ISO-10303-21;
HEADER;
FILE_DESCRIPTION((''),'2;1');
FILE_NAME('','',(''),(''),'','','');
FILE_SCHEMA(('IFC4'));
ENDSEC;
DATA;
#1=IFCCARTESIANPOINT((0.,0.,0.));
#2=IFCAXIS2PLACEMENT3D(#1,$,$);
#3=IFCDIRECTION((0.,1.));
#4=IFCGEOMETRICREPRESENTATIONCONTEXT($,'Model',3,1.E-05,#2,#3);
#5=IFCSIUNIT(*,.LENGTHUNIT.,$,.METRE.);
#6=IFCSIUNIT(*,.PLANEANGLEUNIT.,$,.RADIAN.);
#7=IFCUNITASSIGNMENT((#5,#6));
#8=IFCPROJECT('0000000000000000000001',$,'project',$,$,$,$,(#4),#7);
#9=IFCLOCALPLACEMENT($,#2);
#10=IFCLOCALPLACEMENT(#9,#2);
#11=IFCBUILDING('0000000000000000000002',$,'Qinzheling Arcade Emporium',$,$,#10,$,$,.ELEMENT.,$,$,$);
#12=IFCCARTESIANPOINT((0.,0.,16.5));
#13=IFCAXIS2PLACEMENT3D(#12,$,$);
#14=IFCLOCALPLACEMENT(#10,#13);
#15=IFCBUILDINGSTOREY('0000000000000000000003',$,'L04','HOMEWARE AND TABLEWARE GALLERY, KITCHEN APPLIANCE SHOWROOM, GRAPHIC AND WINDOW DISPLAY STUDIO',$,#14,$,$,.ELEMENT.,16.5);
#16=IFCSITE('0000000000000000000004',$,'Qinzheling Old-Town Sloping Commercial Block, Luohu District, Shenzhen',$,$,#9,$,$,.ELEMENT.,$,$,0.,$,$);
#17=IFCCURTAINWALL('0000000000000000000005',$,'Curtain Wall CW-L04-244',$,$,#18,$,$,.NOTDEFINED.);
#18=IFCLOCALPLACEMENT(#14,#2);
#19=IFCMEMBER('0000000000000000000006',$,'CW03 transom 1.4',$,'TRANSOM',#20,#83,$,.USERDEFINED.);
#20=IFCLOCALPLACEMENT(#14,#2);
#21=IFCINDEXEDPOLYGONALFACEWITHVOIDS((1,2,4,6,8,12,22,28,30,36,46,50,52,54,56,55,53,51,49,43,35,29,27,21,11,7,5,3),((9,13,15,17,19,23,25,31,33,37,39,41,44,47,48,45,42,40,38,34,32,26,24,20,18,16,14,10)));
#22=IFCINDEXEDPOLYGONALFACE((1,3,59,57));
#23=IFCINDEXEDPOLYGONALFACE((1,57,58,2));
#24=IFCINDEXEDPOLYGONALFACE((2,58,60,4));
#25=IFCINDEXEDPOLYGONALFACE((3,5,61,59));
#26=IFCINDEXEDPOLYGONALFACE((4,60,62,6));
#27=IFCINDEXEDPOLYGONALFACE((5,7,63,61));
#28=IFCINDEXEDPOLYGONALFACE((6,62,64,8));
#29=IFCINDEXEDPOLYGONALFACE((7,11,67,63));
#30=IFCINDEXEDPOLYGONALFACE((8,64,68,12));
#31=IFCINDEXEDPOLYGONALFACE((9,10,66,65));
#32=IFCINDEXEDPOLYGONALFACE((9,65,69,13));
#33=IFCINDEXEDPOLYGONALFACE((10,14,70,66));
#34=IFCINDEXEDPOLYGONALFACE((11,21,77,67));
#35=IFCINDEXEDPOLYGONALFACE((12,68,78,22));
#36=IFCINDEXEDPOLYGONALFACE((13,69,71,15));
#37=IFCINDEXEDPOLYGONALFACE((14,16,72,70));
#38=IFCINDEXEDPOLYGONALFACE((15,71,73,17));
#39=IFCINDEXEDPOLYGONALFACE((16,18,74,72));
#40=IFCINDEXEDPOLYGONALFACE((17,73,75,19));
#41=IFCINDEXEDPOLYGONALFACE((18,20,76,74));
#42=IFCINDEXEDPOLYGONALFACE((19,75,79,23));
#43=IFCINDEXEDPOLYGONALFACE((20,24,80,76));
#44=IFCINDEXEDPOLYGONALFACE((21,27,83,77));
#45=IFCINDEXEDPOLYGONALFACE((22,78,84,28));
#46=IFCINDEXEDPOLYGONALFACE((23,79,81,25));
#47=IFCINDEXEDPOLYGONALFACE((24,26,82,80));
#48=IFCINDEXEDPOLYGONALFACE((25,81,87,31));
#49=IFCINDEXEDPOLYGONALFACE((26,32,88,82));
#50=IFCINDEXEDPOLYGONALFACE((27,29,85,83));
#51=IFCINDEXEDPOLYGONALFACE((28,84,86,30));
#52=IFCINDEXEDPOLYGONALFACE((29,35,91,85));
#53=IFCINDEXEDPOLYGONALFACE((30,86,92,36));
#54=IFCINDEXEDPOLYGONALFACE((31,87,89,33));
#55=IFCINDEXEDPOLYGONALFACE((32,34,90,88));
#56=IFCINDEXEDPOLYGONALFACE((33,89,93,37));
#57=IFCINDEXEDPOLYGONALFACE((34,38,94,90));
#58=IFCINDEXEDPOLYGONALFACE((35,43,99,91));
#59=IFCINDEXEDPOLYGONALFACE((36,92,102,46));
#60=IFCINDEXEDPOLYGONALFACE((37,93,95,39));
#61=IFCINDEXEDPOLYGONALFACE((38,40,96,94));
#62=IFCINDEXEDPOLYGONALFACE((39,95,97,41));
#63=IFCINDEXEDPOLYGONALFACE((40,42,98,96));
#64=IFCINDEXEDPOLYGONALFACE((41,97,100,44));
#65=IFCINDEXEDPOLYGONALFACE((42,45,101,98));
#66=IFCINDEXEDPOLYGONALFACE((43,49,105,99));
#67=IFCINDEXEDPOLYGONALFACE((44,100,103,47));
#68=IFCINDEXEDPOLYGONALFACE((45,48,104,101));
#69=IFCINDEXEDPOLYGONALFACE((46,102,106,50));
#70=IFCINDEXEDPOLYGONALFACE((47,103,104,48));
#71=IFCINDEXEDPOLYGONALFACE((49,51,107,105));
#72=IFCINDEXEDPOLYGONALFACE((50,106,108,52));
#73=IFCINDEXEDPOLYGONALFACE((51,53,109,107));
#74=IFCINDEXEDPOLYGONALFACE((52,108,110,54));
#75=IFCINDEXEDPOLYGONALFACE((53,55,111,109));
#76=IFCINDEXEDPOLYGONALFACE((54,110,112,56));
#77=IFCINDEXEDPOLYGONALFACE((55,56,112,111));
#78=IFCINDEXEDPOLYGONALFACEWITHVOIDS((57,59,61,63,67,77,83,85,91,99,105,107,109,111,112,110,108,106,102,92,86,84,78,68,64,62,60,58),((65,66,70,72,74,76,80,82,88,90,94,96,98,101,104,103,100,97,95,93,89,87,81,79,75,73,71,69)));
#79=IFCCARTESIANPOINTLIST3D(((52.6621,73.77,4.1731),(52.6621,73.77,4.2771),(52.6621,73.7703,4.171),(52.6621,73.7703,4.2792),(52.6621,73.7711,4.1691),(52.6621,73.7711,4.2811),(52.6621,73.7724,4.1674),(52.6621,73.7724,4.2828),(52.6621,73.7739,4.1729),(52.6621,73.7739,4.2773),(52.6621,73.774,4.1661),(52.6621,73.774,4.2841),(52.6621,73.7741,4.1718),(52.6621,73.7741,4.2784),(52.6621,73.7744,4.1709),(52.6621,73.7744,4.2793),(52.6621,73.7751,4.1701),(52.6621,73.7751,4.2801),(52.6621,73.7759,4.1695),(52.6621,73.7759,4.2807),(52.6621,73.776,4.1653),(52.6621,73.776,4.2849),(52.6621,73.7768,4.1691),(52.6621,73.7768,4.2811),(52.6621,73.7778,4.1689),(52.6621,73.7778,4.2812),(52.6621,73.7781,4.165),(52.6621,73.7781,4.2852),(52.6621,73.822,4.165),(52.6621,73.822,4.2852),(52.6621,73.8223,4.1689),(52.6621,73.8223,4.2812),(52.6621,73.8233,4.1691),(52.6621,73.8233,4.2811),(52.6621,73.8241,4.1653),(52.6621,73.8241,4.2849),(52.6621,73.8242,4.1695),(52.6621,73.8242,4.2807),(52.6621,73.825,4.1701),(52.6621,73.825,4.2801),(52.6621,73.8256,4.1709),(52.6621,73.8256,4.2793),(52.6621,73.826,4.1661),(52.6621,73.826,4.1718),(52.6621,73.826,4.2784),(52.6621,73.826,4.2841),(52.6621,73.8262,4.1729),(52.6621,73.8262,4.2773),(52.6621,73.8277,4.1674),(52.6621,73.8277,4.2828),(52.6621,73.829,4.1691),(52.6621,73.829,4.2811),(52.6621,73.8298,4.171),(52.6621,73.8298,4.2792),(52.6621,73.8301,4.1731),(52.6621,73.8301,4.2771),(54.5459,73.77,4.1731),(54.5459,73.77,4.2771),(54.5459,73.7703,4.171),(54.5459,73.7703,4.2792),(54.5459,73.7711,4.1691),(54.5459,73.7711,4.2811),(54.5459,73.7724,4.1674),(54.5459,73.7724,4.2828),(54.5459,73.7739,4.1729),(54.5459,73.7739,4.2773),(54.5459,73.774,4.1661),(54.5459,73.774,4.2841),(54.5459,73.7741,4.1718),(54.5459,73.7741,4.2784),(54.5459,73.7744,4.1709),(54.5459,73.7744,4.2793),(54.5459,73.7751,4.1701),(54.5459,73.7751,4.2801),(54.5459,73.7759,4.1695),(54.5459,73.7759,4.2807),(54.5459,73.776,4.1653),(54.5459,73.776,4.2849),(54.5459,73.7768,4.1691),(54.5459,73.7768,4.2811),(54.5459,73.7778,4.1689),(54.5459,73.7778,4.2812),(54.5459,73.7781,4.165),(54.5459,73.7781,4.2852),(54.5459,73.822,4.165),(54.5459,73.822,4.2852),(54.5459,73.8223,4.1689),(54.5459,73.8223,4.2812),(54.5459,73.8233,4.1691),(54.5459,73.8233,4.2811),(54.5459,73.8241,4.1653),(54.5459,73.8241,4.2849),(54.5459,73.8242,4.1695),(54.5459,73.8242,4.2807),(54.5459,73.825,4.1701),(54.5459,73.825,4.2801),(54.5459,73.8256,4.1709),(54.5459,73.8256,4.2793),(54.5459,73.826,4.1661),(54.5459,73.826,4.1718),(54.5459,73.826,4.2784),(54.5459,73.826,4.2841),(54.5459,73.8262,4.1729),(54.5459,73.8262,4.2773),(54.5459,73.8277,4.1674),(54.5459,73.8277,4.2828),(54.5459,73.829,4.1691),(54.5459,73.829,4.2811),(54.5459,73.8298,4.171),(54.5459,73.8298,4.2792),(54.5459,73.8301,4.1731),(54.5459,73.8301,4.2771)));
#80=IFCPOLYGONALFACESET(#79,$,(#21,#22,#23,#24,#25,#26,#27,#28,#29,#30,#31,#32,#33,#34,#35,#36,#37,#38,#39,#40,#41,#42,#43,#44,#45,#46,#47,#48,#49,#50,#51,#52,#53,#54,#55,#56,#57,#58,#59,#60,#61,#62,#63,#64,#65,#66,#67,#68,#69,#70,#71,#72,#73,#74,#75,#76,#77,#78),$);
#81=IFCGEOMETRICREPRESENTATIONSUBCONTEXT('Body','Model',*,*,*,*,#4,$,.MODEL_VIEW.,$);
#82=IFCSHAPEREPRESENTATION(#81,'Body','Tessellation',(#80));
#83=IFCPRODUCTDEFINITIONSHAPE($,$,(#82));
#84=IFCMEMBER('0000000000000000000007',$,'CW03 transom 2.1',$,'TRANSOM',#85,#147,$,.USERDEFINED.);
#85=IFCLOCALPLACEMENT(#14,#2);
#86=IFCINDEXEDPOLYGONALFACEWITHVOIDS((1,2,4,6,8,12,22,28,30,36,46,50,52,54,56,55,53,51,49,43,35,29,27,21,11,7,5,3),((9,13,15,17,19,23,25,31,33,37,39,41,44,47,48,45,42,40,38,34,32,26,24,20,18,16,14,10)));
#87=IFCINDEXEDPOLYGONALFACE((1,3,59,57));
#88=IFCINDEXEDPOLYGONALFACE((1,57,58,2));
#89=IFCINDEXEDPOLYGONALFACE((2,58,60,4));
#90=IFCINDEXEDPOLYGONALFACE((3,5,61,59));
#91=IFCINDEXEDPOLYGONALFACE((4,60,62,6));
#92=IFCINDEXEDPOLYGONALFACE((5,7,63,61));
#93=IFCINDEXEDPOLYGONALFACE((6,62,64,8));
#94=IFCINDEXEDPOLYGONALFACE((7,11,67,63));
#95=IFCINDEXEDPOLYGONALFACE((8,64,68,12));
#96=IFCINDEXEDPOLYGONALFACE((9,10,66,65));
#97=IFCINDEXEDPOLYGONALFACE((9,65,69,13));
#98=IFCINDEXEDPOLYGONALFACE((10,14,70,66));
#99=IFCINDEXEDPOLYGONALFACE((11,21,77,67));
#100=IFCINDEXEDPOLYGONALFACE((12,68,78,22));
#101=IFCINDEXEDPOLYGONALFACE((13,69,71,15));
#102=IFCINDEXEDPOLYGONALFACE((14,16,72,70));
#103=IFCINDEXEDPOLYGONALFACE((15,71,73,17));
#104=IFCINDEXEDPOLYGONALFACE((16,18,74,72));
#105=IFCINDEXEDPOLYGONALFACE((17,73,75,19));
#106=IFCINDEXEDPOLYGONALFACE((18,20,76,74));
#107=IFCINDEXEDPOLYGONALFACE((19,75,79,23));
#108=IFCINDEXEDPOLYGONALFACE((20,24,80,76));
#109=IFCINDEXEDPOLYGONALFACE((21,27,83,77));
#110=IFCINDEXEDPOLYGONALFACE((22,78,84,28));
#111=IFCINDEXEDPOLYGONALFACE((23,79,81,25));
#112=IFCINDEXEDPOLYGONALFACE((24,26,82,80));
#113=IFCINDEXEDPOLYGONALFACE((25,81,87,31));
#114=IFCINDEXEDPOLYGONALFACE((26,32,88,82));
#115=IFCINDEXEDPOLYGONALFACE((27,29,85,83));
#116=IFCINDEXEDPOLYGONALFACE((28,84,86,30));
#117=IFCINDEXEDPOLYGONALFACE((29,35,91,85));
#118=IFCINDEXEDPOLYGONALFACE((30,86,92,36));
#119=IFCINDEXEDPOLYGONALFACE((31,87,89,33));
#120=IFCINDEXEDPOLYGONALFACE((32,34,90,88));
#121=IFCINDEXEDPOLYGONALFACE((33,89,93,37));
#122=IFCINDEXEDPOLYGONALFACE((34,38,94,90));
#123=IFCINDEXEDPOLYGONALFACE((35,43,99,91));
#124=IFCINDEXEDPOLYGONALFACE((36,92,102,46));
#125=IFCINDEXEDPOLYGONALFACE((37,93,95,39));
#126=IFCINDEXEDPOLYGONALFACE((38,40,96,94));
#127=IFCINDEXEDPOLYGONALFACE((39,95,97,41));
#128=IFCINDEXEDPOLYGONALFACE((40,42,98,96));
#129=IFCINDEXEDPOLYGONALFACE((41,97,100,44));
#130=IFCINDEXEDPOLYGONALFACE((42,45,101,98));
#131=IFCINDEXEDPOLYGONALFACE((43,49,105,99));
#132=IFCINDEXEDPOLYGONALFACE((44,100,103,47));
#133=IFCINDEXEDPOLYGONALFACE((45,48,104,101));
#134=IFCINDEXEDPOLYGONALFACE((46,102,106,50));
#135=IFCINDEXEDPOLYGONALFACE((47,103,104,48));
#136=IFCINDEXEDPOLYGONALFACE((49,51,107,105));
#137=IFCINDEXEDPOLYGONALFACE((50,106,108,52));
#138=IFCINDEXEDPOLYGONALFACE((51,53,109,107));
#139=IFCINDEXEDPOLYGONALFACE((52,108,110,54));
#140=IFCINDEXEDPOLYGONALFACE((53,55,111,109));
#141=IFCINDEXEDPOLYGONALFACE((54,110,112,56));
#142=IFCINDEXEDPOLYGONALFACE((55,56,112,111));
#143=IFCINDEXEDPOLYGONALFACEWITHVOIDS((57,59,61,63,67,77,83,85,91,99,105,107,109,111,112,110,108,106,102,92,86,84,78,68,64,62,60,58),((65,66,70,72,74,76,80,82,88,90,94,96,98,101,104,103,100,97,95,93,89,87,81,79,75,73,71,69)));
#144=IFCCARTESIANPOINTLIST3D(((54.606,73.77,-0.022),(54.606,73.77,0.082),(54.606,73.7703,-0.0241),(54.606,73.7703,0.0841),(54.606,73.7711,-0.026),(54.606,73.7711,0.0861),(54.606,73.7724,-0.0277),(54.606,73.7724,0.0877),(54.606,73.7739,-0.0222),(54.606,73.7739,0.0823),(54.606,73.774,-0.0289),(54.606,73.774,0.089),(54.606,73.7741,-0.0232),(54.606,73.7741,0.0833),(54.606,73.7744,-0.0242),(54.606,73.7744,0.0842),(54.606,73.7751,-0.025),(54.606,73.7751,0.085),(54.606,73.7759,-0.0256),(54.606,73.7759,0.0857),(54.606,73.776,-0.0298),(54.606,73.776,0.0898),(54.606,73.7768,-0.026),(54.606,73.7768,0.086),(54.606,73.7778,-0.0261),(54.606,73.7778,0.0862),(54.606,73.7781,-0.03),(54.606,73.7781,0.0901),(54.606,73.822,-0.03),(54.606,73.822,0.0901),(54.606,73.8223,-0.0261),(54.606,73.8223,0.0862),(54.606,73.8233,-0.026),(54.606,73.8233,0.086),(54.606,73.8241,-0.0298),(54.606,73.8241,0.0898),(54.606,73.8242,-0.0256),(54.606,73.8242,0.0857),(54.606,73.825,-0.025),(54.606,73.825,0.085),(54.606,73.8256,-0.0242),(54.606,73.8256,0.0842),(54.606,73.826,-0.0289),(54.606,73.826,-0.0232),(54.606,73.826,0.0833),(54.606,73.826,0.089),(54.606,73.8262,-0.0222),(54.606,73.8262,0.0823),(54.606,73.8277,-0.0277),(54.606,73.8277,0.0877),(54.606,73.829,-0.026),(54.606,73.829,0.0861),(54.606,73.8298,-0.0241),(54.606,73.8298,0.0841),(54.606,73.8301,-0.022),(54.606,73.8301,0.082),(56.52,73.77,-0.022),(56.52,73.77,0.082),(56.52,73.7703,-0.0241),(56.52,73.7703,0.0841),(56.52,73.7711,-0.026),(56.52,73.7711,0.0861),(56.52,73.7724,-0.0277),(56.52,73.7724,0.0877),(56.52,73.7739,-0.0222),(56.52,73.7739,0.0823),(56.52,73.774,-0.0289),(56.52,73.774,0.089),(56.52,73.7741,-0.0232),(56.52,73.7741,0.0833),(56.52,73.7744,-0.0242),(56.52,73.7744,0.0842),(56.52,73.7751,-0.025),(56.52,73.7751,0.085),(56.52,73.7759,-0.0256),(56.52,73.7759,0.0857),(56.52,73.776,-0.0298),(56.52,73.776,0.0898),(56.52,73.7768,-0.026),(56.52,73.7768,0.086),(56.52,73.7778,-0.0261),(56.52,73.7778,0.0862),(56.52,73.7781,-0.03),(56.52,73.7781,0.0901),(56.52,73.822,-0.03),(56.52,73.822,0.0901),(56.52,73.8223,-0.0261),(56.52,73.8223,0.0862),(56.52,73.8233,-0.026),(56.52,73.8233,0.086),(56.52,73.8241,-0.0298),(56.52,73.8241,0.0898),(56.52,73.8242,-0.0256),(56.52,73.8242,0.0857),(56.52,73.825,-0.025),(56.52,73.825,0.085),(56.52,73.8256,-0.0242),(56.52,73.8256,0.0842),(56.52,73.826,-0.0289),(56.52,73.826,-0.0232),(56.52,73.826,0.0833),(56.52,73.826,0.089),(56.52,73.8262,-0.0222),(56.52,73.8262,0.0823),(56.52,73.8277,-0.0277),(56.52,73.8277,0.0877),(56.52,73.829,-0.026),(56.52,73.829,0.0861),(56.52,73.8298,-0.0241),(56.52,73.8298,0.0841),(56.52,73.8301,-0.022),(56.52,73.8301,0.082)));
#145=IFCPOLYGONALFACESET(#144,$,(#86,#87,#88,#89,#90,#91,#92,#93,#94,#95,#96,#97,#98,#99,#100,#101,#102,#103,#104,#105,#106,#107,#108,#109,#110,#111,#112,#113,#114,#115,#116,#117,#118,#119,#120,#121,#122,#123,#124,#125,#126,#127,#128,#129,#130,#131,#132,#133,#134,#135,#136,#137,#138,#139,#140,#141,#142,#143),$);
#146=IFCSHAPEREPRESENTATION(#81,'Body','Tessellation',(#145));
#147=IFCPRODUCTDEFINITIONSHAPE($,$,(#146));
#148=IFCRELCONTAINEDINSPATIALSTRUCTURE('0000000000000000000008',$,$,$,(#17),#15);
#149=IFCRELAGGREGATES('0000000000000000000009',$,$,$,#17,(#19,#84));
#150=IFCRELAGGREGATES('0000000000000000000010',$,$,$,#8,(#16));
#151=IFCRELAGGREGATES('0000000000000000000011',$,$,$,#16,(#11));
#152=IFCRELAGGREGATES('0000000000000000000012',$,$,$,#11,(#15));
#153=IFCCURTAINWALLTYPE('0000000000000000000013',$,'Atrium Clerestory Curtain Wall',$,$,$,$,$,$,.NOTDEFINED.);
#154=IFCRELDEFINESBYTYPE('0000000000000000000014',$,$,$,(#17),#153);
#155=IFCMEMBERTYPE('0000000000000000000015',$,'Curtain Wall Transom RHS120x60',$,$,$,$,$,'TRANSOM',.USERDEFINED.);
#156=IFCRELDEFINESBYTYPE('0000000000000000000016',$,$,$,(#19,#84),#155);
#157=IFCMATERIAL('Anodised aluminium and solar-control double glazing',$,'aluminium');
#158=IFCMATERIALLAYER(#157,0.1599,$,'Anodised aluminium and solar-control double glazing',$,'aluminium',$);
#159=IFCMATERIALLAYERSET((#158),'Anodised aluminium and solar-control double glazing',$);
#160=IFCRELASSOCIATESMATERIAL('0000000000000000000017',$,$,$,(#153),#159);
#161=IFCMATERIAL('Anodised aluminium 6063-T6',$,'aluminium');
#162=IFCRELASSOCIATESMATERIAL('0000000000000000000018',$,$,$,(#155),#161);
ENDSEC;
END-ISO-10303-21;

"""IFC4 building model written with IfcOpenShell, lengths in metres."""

from ifc_helpers import new_model, si_unit, direction, frame, origin, origin_2d, place, context, subcontext, project, spatial, hollow_rectangle, extrude, material, layer, layer_set, material_profile, profile_set, type_object, element, aggregate, save


model = new_model("IFC4")

# Units and contexts
model_context = context("Model", 3, precision=1e-05, world=origin(), true_north=direction((0.0, 1.0)))
body_context = subcontext(model_context, "Body", "Model", "MODEL_VIEW")
ifc_project = project(units=[si_unit("LENGTHUNIT", "METRE"), si_unit("PLANEANGLEUNIT", "RADIAN")], contexts=[model_context])

# Site, building, storey
site_placement = place(None, origin())
site = spatial("IfcSite", under=ifc_project, at=site_placement, Name="Qinzheling Old-Town Sloping Commercial Block, Luohu District, Shenzhen", CompositionType="ELEMENT", RefElevation=0.0)
building_placement = place(site_placement, origin())
building = spatial("IfcBuilding", under=site, at=building_placement, Name="Qinzheling Arcade Emporium", CompositionType="ELEMENT")
storey_placement = place(building_placement, frame((0.0, 0.0, 16.5)))
storey = spatial("IfcBuildingStorey", under=building, at=storey_placement, Name="L04", Description="HOMEWARE AND TABLEWARE GALLERY, KITCHEN APPLIANCE SHOWROOM, GRAPHIC AND WINDOW DISPLAY STUDIO", CompositionType="ELEMENT", Elevation=16.5)

# Shared definitions
ifc_material_1 = material(Name="Anodised aluminium and solar-control double glazing", Category="aluminium")
ifc_layer_1 = layer(ifc_material_1, 0.1599, Name="Anodised aluminium and solar-control double glazing", Category="aluminium")
ifc_layer_set_1 = layer_set([ifc_layer_1], Name="Anodised aluminium and solar-control double glazing")
curtain_wall_type = type_object("IfcCurtainWallType", Name="Atrium Clerestory Curtain Wall", PredefinedType="NOTDEFINED", material=ifc_layer_set_1)
ifc_material_2 = material(Name="Anodised aluminium 6063-T6", Category="aluminium")

# Curtain wall, members
curtain_wall_1_placement = place(storey_placement, origin())
curtain_wall_1 = element("IfcCurtainWall", 1, at=curtain_wall_1_placement, inside=storey, type_object=curtain_wall_type, Name="Curtain Wall CW-L04-244", PredefinedType="NOTDEFINED")
ifc_material_profile_1 = material_profile(ifc_material_2, hollow_rectangle(XDim=0.0601, YDim=0.1201, WallThickness=0.0039, InnerFilletRadius=0.0039, OuterFilletRadius=0.0081, at=origin_2d()), Name="RHS 120x60x4", Category="aluminium")
ifc_profile_set_1 = profile_set([ifc_material_profile_1], Name="Anodised aluminium 6063-T6")
member_type_1 = type_object("IfcMemberType", Name="Curtain Wall Transom RHS120x60", ElementType="TRANSOM", PredefinedType="USERDEFINED", material=ifc_profile_set_1)
member_1_placement = place(storey_placement, frame((52.6621, 73.8, 4.2251), z_axis=(1.0, 0.0, 0.0), x_axis=(0.0, 1.0, 0.0)))
member_1 = element("IfcMember", 2, at=member_1_placement, type_object=member_type_1, Name="CW03 transom 1.4", ObjectType="TRANSOM", PredefinedType="USERDEFINED", context=body_context, shape_type="SweptSolid", body=[
    extrude(hollow_rectangle(XDim=0.0601, YDim=0.1201, WallThickness=0.0039, InnerFilletRadius=0.0039, OuterFilletRadius=0.0081, at=origin_2d()), origin(), (0.0, 0.0, 1.0), 1.8838),
])
member_2_placement = place(storey_placement, frame((54.606, 73.8, 0.03), z_axis=(1.0, 0.0, 0.0), x_axis=(0.0, 1.0, 0.0)))
member_2 = element("IfcMember", 3, at=member_2_placement, type_object=member_type_1, Name="CW03 transom 2.1", ObjectType="TRANSOM", PredefinedType="USERDEFINED", context=body_context, shape_type="SweptSolid", body=[
    extrude(hollow_rectangle(XDim=0.0601, YDim=0.1201, WallThickness=0.0039, InnerFilletRadius=0.0039, OuterFilletRadius=0.0081, at=origin_2d()), origin(), (0.0, 0.0, 1.0), 1.9141),
])

aggregate(curtain_wall_1, [member_1, member_2])

save(model, "model.ifc")
